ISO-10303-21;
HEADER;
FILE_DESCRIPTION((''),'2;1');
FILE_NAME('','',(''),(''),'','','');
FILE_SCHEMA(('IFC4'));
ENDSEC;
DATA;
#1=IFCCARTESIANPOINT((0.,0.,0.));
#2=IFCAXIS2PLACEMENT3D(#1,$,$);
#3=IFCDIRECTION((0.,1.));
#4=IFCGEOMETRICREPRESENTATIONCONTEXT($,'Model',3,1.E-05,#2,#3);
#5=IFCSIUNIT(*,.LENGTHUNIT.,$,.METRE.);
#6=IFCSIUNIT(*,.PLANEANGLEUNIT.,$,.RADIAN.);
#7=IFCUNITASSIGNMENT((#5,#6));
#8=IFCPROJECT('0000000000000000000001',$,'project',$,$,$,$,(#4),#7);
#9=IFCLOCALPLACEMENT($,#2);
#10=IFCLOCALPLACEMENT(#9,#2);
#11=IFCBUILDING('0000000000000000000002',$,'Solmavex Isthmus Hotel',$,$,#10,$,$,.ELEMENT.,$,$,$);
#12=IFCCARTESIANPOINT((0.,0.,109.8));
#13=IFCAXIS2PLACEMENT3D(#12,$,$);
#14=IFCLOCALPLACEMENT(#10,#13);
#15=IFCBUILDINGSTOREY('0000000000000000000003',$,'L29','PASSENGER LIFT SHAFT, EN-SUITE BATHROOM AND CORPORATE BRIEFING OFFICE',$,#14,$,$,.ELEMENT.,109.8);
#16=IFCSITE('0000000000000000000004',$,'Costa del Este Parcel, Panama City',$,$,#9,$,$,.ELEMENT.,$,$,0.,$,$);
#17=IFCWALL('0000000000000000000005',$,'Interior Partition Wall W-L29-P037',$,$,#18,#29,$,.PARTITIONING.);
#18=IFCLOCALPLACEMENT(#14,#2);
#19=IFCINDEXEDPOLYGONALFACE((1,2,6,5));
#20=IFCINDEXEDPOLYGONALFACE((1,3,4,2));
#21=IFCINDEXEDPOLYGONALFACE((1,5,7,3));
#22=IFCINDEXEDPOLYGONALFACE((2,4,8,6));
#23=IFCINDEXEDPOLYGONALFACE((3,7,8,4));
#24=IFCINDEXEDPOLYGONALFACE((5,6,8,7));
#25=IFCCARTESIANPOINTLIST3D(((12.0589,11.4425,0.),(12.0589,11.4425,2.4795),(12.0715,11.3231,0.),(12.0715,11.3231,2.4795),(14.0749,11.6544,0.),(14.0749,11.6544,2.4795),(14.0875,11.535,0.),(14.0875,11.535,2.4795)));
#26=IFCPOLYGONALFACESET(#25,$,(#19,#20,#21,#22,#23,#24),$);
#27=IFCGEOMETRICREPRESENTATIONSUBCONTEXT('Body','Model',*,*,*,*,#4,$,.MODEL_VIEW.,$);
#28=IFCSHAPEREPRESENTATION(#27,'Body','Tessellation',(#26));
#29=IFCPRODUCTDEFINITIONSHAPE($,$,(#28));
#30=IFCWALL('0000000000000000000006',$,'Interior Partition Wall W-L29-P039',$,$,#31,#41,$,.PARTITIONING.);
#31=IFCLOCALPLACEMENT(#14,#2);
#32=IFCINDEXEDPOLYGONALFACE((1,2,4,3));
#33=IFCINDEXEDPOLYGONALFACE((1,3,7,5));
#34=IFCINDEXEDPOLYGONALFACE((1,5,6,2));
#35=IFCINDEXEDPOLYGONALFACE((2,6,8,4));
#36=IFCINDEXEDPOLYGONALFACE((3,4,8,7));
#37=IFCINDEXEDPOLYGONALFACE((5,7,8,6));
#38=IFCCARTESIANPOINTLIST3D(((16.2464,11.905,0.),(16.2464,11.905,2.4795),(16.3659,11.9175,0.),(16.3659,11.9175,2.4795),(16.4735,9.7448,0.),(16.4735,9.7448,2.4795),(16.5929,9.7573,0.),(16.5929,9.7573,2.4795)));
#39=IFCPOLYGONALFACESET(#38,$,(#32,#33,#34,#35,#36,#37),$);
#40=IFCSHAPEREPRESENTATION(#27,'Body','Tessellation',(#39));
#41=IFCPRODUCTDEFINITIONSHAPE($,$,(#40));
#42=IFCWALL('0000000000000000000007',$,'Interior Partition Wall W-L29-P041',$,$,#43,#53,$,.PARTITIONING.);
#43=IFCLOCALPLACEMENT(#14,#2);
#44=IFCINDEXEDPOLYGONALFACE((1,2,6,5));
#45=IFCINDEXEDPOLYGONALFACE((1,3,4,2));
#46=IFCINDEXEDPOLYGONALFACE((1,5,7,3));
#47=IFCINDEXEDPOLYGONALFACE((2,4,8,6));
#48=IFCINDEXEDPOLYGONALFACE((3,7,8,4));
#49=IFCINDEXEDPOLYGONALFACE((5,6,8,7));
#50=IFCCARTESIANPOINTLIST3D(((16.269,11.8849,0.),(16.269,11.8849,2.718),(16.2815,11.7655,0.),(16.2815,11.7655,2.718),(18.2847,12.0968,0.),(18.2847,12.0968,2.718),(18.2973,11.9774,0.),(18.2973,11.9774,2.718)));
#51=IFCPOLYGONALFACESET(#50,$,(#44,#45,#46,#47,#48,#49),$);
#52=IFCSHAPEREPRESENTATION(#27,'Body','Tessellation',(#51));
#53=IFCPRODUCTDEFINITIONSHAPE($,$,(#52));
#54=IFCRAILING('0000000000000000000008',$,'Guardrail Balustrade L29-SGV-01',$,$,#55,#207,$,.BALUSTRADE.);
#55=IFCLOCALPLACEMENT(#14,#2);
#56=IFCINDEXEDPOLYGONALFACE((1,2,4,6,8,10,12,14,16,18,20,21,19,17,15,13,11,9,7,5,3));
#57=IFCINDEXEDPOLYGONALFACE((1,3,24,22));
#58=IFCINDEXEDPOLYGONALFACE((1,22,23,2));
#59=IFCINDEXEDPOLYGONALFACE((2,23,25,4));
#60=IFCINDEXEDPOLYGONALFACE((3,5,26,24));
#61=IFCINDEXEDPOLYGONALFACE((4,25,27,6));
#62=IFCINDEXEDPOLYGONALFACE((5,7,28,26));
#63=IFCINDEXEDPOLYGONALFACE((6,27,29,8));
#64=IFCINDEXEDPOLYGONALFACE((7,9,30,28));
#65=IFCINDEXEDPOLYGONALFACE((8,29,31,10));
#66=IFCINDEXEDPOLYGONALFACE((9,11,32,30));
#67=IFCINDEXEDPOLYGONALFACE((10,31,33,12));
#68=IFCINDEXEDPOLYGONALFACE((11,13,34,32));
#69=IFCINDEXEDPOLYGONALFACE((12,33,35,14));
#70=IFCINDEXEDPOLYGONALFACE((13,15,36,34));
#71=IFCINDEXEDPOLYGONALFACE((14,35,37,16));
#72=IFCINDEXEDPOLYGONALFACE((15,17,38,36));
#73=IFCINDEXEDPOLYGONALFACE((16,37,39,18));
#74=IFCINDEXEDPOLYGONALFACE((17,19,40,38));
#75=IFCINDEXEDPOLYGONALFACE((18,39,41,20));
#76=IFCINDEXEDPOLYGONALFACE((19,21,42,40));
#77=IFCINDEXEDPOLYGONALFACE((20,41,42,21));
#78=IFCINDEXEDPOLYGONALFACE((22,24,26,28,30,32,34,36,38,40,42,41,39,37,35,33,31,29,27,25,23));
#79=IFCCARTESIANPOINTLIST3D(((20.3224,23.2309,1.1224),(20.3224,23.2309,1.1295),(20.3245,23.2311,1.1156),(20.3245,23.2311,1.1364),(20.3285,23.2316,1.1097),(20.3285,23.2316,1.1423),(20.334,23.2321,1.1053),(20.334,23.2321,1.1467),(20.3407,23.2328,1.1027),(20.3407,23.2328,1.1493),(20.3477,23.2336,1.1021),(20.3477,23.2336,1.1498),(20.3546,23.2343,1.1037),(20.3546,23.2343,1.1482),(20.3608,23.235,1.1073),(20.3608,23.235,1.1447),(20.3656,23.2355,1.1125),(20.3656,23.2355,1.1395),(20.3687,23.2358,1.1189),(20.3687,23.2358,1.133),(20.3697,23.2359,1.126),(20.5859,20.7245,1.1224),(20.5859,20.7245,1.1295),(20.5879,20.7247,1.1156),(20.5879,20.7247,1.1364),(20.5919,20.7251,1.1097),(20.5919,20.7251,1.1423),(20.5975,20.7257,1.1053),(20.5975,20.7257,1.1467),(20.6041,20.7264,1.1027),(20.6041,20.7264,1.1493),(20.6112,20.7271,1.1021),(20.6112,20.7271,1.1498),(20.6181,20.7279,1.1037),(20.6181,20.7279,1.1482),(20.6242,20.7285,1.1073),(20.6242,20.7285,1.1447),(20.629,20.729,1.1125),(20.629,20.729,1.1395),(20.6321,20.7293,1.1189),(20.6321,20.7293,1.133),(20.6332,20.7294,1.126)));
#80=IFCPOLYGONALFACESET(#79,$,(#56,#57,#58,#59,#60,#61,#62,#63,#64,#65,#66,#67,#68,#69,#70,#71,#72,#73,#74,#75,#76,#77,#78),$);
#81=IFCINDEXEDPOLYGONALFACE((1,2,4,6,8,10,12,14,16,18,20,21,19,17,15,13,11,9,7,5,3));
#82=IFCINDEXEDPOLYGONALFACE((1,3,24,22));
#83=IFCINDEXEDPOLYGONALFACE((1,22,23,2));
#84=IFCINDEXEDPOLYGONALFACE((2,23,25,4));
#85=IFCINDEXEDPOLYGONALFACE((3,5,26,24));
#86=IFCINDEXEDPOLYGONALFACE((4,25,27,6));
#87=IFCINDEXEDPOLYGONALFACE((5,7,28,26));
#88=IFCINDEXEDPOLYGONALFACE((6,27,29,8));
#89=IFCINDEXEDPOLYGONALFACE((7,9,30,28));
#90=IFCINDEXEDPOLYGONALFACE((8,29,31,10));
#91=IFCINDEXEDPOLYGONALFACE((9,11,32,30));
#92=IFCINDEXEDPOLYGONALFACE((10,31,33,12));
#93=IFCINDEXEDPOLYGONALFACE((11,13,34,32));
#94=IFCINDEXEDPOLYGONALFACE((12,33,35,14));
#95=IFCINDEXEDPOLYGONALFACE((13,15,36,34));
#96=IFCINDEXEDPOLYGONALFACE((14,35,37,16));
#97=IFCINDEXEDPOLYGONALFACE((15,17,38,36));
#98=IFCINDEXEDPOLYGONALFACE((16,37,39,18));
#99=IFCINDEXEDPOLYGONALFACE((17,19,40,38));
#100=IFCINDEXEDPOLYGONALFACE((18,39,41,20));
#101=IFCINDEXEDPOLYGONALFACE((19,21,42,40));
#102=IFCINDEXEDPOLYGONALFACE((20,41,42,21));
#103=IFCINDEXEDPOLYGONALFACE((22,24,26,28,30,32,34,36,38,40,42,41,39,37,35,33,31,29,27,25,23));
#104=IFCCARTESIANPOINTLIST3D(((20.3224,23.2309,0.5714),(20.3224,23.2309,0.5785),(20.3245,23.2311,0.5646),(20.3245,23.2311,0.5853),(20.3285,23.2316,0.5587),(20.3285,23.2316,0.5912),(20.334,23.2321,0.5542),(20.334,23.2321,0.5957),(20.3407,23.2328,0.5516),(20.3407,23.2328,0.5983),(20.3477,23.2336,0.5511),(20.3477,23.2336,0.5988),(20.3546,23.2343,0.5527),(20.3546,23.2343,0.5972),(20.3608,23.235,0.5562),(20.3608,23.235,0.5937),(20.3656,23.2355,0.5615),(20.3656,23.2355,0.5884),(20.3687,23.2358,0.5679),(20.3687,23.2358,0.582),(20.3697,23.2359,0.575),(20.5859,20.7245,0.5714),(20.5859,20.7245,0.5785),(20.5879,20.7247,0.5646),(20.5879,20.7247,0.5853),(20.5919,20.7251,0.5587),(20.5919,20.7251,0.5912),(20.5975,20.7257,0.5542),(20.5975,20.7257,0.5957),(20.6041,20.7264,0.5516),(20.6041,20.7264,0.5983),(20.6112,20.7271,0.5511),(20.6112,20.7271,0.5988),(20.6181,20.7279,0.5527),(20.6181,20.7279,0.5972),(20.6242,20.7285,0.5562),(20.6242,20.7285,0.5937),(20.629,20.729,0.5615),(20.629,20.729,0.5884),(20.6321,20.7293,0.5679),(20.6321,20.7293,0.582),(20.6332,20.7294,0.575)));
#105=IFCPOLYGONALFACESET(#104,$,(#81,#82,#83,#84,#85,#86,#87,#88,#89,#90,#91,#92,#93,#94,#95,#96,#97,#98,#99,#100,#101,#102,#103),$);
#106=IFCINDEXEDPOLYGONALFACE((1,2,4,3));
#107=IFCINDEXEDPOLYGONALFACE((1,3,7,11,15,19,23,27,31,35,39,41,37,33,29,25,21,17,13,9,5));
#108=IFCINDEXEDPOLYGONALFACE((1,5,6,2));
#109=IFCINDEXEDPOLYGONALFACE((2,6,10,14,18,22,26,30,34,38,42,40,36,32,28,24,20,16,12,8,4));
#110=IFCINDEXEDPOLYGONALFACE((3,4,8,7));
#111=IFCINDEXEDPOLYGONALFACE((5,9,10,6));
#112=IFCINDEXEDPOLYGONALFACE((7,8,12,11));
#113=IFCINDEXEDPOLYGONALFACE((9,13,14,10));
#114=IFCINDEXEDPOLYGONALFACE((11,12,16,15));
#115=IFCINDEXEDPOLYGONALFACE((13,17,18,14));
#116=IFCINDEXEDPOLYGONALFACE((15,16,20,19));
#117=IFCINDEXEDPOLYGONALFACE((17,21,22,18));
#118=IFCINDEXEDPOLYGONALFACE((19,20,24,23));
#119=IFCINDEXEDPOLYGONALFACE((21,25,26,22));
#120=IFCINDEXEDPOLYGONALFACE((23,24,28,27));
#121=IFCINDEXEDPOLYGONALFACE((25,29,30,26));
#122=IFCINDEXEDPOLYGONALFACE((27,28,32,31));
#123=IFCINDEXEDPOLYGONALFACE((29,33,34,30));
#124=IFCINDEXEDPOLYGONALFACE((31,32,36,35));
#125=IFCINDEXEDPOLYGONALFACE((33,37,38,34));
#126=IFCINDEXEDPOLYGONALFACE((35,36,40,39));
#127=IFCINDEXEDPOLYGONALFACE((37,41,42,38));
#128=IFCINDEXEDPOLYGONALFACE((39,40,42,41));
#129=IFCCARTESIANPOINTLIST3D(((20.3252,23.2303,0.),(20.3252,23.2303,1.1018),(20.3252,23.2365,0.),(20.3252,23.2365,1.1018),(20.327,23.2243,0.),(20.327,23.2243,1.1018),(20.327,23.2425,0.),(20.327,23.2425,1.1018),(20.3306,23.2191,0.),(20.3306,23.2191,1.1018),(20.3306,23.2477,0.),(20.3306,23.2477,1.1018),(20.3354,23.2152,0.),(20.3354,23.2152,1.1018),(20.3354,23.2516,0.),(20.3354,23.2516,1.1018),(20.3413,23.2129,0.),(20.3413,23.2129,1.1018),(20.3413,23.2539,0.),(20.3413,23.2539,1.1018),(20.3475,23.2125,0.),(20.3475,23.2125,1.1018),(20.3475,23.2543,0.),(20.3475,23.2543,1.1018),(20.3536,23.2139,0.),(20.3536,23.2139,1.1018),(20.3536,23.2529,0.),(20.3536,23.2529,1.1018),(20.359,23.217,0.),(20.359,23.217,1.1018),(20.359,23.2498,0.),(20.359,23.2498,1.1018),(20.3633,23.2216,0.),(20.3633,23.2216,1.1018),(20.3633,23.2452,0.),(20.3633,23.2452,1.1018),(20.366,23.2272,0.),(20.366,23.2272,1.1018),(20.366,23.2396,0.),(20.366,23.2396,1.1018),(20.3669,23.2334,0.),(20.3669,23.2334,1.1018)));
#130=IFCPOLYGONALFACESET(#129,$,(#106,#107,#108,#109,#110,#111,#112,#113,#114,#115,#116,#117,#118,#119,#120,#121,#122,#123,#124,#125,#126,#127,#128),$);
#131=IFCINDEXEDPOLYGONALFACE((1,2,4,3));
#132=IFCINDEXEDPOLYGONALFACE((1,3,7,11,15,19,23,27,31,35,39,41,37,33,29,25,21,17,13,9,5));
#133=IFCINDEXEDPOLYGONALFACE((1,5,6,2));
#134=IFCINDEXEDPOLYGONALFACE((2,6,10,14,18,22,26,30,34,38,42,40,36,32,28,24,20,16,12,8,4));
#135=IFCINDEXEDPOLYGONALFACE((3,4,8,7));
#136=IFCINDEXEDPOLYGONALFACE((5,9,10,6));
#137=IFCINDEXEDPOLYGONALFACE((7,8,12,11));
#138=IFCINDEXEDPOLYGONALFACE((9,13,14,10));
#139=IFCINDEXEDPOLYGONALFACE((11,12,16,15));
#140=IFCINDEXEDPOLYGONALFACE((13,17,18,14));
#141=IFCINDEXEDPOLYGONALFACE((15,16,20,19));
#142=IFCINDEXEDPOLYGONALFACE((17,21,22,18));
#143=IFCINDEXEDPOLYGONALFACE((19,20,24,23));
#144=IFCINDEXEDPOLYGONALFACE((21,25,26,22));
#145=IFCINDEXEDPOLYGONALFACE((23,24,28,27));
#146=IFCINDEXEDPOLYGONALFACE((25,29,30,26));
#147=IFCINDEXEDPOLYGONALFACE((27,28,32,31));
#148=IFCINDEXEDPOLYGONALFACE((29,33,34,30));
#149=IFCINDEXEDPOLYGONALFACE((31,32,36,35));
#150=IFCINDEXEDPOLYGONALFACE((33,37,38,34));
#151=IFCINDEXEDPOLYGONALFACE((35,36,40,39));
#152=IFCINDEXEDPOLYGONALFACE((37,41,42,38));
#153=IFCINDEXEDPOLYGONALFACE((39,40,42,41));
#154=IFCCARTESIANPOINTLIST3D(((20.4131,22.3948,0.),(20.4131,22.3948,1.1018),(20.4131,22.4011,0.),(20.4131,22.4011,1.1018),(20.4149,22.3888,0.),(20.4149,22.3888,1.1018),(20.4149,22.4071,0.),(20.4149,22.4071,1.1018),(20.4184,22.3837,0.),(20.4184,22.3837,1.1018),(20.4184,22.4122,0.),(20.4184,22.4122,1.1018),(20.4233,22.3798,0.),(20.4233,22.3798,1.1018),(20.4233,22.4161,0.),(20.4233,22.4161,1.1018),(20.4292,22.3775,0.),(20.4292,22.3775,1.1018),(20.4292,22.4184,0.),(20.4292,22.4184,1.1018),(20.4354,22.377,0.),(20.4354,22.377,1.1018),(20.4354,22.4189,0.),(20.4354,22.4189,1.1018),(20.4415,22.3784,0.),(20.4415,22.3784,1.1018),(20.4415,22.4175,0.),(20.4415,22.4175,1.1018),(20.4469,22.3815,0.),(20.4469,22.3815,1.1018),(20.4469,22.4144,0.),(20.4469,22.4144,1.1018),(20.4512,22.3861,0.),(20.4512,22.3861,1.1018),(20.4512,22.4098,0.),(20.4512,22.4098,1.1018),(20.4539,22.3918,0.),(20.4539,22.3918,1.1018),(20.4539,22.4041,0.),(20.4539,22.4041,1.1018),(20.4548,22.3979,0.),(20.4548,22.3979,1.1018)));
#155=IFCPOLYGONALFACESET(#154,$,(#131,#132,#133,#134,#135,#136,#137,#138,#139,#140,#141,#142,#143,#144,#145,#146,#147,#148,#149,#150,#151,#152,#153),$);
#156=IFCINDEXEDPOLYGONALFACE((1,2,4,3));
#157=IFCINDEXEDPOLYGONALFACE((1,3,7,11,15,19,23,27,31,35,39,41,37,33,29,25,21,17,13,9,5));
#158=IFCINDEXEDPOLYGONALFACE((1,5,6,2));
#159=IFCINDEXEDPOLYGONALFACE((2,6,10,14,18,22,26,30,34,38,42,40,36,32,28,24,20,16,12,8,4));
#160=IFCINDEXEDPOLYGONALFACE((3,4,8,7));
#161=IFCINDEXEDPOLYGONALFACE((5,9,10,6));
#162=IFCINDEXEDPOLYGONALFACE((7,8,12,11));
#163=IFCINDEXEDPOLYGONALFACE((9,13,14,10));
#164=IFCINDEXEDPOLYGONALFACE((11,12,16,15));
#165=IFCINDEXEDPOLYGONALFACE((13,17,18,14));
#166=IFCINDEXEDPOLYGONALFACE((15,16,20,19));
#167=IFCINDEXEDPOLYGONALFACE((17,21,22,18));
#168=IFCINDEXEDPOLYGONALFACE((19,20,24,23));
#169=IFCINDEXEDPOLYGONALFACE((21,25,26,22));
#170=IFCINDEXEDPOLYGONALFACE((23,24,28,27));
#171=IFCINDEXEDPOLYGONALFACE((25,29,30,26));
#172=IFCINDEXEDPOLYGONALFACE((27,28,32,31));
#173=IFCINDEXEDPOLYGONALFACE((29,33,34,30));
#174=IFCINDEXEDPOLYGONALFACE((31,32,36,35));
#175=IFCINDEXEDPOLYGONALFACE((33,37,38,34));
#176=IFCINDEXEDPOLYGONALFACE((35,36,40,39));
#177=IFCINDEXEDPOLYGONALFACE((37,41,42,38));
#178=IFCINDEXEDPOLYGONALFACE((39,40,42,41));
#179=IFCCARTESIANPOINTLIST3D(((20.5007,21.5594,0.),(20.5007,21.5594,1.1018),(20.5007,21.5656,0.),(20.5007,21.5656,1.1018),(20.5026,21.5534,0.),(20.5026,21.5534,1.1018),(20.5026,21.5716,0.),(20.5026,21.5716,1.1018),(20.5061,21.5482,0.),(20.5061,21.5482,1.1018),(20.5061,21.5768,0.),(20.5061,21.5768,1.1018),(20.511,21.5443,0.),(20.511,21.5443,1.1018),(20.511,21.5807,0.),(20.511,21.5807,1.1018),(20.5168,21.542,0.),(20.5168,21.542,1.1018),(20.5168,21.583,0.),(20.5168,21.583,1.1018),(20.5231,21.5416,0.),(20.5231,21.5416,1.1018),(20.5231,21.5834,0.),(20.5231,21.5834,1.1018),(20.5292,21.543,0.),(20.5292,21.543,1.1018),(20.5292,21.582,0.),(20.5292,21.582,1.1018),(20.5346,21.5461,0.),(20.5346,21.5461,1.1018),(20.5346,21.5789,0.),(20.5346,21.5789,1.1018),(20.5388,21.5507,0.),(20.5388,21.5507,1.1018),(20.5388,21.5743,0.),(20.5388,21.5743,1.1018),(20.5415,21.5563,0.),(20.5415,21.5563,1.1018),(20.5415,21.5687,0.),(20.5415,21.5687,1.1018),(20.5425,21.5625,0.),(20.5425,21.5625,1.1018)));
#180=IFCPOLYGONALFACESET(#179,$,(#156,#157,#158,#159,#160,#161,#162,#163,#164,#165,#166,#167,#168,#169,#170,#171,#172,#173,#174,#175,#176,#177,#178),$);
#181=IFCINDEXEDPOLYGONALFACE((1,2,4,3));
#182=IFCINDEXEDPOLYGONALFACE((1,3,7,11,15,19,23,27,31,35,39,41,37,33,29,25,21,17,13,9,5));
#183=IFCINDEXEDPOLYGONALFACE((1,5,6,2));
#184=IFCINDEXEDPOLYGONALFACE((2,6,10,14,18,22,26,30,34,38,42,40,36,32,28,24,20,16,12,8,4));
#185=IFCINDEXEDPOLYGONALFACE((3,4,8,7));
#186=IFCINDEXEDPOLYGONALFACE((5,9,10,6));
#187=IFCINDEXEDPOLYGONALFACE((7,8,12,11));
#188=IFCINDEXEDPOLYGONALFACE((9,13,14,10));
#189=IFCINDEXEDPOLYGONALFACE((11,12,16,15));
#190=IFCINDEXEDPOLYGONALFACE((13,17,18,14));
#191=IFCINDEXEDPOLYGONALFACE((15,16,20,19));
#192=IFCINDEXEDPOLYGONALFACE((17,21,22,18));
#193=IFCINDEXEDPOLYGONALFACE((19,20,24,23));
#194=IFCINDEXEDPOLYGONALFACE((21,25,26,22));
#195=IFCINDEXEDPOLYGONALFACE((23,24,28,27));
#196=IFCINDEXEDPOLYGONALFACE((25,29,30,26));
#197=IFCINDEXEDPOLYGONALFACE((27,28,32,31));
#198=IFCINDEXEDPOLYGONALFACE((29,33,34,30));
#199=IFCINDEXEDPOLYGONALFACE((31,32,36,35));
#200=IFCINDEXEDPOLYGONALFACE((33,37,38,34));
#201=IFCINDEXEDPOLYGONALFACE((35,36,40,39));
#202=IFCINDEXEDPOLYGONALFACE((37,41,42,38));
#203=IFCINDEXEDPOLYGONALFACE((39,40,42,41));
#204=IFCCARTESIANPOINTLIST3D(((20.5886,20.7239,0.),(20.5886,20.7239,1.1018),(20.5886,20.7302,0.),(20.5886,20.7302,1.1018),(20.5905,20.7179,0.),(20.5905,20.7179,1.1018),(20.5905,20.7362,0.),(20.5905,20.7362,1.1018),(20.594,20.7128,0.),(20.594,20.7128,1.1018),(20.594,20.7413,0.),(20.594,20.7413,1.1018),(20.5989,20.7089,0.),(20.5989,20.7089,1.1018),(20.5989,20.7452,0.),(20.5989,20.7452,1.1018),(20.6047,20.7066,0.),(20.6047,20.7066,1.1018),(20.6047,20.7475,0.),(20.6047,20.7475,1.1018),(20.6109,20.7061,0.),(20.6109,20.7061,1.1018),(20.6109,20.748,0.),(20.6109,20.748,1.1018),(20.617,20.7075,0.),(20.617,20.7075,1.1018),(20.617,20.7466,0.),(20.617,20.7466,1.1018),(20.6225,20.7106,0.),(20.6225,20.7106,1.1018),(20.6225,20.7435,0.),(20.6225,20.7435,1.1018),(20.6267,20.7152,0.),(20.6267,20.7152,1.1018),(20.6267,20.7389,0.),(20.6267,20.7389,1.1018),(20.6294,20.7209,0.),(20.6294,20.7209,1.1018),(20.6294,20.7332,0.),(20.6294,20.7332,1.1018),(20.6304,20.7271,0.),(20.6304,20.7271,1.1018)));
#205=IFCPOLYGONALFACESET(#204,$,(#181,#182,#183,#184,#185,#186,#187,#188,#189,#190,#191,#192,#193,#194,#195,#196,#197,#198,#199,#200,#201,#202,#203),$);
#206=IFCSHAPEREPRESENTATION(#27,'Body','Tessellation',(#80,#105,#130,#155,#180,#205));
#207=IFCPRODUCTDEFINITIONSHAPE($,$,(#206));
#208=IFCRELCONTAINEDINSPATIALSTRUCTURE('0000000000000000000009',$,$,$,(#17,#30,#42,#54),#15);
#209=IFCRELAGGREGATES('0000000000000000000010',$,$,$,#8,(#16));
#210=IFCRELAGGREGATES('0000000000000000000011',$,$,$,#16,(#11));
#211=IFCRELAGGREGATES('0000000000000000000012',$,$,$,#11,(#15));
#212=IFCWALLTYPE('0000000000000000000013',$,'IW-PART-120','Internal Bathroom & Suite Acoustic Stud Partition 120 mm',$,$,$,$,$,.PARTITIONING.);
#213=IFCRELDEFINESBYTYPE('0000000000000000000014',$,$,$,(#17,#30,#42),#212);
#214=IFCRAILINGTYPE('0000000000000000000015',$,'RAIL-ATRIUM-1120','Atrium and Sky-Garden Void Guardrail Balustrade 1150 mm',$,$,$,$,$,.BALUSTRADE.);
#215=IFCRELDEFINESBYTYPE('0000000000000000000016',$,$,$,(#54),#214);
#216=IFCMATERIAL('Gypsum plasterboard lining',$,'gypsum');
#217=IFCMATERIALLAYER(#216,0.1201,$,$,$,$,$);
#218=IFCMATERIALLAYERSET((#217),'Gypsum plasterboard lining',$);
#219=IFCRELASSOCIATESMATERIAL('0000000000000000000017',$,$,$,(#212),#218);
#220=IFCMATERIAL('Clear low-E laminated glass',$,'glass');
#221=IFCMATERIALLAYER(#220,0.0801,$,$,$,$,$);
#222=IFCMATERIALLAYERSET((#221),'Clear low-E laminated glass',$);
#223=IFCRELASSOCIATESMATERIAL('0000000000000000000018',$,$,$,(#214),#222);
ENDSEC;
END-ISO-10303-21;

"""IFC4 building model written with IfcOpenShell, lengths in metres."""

from ifc_helpers import new_model, si_unit, direction, frame, frame_2d, origin, origin_2d, place, context, subcontext, project, spatial, rectangle, circle, extrude, material, layer, layer_set, type_object, element, save


model = new_model("IFC4")

# Units and contexts
model_context = context("Model", 3, precision=1e-05, world=origin(), true_north=direction((0.0, 1.0)))
body_context = subcontext(model_context, "Body", "Model", "MODEL_VIEW")
ifc_project = project(units=[si_unit("LENGTHUNIT", "METRE"), si_unit("PLANEANGLEUNIT", "RADIAN")], contexts=[model_context])

# Site, building, storey
site_placement = place(None, origin())
site = spatial("IfcSite", under=ifc_project, at=site_placement, Name="Costa del Este Parcel, Panama City", CompositionType="ELEMENT", RefElevation=0.0)
building_placement = place(site_placement, origin())
building = spatial("IfcBuilding", under=site, at=building_placement, Name="Solmavex Isthmus Hotel", CompositionType="ELEMENT")
storey_placement = place(building_placement, frame((0.0, 0.0, 109.8)))
storey = spatial("IfcBuildingStorey", under=building, at=storey_placement, Name="L29", Description="PASSENGER LIFT SHAFT, EN-SUITE BATHROOM AND CORPORATE BRIEFING OFFICE", CompositionType="ELEMENT", Elevation=109.8)

# Shared definitions
ifc_material_1 = material(Name="Clear low-E laminated glass", Category="glass")

# Shared definitions
ifc_material_2 = material(Name="Gypsum plasterboard lining", Category="gypsum")

# Walls
ifc_layer_1 = layer(ifc_material_2, 0.1201)
ifc_layer_set_1 = layer_set([ifc_layer_1], Name="Gypsum plasterboard lining")
wall_type_1 = type_object("IfcWallType", Name="IW-PART-120", Description="Internal Bathroom & Suite Acoustic Stud Partition 120 mm", PredefinedType="PARTITIONING", material=ifc_layer_set_1)
wall_1_placement = place(storey_placement, frame((14.0813, 11.5947, 0.0), z_axis=(0.0, 0.0, 1.0), x_axis=(-0.994521, -0.104534, 0.0)))
element("IfcWall", 1, at=wall_1_placement, inside=storey, type_object=wall_type_1, Name="Interior Partition Wall W-L29-P037", PredefinedType="PARTITIONING", context=body_context, shape_type="SweptSolid", body=[
    extrude(rectangle(XDim=2.0271, YDim=0.1201, at=frame_2d((1.0137, 0.0))), origin(), (0.0, 0.0, 1.0), 2.4795),
])
wall_2_placement = place(storey_placement, frame((16.3062, 11.9111, 0.0), z_axis=(0.0, 0.0, 1.0), x_axis=(0.104533, -0.994521, 0.0)))
element("IfcWall", 2, at=wall_2_placement, inside=storey, type_object=wall_type_1, Name="Interior Partition Wall W-L29-P039", PredefinedType="PARTITIONING", context=body_context, shape_type="SweptSolid", body=[
    extrude(rectangle(XDim=2.1721, YDim=0.1201, at=frame_2d((1.0859, 0.0))), origin(), (0.0, 0.0, 1.0), 2.4795),
])
wall_3_placement = place(storey_placement, frame((18.291, 12.0371, 0.0), z_axis=(0.0, 0.0, 1.0), x_axis=(-0.99452, -0.104547, 0.0)))
element("IfcWall", 3, at=wall_3_placement, inside=storey, type_object=wall_type_1, Name="Interior Partition Wall W-L29-P041", PredefinedType="PARTITIONING", context=body_context, shape_type="SweptSolid", body=[
    extrude(rectangle(XDim=2.0269, YDim=0.1201, at=frame_2d((1.0134, 0.0))), origin(), (0.0, 0.0, 1.0), 2.718),
])

# Railing
ifc_layer_2 = layer(ifc_material_1, 0.0801)
ifc_layer_set_2 = layer_set([ifc_layer_2], Name="Clear low-E laminated glass")
railing_type = type_object("IfcRailingType", Name="RAIL-ATRIUM-1120", Description="Atrium and Sky-Garden Void Guardrail Balustrade 1150 mm", PredefinedType="BALUSTRADE", material=ifc_layer_set_2)
railing_placement = place(storey_placement, frame((20.3459, 23.2334, 0.0)))
element("IfcRailing", 4, at=railing_placement, inside=storey, type_object=railing_type, Name="Guardrail Balustrade L29-SGV-01", PredefinedType="BALUSTRADE", context=body_context, shape_type="SweptSolid", body=[
    extrude(circle(Radius=0.0239, at=origin_2d()), frame((0.0, 0.0, 1.126), z_axis=(0.104528, -0.994522, 0.0), x_axis=(0.994522, 0.104528, 0.0)), (0.0, 0.0, 1.0), 2.5203),
    extrude(circle(Radius=0.0239, at=origin_2d()), frame((0.0, 0.0, 0.575), z_axis=(0.104528, -0.994522, 0.0), x_axis=(0.994522, 0.104528, 0.0)), (0.0, 0.0, 1.0), 2.5203),
    extrude(circle(Radius=0.021, at=origin_2d()), origin(), (0.0, 0.0, 1.0), 1.1018),
    extrude(circle(Radius=0.021, at=origin_2d()), frame((0.0879, -0.8354, 0.0)), (0.0, 0.0, 1.0), 1.1018),
    extrude(circle(Radius=0.021, at=origin_2d()), frame((0.1755, -1.6709, 0.0)), (0.0, 0.0, 1.0), 1.1018),
    extrude(circle(Radius=0.021, at=origin_2d()), frame((0.2634, -2.5063, 0.0)), (0.0, 0.0, 1.0), 1.1018),
])

save(model, "model.ifc")
